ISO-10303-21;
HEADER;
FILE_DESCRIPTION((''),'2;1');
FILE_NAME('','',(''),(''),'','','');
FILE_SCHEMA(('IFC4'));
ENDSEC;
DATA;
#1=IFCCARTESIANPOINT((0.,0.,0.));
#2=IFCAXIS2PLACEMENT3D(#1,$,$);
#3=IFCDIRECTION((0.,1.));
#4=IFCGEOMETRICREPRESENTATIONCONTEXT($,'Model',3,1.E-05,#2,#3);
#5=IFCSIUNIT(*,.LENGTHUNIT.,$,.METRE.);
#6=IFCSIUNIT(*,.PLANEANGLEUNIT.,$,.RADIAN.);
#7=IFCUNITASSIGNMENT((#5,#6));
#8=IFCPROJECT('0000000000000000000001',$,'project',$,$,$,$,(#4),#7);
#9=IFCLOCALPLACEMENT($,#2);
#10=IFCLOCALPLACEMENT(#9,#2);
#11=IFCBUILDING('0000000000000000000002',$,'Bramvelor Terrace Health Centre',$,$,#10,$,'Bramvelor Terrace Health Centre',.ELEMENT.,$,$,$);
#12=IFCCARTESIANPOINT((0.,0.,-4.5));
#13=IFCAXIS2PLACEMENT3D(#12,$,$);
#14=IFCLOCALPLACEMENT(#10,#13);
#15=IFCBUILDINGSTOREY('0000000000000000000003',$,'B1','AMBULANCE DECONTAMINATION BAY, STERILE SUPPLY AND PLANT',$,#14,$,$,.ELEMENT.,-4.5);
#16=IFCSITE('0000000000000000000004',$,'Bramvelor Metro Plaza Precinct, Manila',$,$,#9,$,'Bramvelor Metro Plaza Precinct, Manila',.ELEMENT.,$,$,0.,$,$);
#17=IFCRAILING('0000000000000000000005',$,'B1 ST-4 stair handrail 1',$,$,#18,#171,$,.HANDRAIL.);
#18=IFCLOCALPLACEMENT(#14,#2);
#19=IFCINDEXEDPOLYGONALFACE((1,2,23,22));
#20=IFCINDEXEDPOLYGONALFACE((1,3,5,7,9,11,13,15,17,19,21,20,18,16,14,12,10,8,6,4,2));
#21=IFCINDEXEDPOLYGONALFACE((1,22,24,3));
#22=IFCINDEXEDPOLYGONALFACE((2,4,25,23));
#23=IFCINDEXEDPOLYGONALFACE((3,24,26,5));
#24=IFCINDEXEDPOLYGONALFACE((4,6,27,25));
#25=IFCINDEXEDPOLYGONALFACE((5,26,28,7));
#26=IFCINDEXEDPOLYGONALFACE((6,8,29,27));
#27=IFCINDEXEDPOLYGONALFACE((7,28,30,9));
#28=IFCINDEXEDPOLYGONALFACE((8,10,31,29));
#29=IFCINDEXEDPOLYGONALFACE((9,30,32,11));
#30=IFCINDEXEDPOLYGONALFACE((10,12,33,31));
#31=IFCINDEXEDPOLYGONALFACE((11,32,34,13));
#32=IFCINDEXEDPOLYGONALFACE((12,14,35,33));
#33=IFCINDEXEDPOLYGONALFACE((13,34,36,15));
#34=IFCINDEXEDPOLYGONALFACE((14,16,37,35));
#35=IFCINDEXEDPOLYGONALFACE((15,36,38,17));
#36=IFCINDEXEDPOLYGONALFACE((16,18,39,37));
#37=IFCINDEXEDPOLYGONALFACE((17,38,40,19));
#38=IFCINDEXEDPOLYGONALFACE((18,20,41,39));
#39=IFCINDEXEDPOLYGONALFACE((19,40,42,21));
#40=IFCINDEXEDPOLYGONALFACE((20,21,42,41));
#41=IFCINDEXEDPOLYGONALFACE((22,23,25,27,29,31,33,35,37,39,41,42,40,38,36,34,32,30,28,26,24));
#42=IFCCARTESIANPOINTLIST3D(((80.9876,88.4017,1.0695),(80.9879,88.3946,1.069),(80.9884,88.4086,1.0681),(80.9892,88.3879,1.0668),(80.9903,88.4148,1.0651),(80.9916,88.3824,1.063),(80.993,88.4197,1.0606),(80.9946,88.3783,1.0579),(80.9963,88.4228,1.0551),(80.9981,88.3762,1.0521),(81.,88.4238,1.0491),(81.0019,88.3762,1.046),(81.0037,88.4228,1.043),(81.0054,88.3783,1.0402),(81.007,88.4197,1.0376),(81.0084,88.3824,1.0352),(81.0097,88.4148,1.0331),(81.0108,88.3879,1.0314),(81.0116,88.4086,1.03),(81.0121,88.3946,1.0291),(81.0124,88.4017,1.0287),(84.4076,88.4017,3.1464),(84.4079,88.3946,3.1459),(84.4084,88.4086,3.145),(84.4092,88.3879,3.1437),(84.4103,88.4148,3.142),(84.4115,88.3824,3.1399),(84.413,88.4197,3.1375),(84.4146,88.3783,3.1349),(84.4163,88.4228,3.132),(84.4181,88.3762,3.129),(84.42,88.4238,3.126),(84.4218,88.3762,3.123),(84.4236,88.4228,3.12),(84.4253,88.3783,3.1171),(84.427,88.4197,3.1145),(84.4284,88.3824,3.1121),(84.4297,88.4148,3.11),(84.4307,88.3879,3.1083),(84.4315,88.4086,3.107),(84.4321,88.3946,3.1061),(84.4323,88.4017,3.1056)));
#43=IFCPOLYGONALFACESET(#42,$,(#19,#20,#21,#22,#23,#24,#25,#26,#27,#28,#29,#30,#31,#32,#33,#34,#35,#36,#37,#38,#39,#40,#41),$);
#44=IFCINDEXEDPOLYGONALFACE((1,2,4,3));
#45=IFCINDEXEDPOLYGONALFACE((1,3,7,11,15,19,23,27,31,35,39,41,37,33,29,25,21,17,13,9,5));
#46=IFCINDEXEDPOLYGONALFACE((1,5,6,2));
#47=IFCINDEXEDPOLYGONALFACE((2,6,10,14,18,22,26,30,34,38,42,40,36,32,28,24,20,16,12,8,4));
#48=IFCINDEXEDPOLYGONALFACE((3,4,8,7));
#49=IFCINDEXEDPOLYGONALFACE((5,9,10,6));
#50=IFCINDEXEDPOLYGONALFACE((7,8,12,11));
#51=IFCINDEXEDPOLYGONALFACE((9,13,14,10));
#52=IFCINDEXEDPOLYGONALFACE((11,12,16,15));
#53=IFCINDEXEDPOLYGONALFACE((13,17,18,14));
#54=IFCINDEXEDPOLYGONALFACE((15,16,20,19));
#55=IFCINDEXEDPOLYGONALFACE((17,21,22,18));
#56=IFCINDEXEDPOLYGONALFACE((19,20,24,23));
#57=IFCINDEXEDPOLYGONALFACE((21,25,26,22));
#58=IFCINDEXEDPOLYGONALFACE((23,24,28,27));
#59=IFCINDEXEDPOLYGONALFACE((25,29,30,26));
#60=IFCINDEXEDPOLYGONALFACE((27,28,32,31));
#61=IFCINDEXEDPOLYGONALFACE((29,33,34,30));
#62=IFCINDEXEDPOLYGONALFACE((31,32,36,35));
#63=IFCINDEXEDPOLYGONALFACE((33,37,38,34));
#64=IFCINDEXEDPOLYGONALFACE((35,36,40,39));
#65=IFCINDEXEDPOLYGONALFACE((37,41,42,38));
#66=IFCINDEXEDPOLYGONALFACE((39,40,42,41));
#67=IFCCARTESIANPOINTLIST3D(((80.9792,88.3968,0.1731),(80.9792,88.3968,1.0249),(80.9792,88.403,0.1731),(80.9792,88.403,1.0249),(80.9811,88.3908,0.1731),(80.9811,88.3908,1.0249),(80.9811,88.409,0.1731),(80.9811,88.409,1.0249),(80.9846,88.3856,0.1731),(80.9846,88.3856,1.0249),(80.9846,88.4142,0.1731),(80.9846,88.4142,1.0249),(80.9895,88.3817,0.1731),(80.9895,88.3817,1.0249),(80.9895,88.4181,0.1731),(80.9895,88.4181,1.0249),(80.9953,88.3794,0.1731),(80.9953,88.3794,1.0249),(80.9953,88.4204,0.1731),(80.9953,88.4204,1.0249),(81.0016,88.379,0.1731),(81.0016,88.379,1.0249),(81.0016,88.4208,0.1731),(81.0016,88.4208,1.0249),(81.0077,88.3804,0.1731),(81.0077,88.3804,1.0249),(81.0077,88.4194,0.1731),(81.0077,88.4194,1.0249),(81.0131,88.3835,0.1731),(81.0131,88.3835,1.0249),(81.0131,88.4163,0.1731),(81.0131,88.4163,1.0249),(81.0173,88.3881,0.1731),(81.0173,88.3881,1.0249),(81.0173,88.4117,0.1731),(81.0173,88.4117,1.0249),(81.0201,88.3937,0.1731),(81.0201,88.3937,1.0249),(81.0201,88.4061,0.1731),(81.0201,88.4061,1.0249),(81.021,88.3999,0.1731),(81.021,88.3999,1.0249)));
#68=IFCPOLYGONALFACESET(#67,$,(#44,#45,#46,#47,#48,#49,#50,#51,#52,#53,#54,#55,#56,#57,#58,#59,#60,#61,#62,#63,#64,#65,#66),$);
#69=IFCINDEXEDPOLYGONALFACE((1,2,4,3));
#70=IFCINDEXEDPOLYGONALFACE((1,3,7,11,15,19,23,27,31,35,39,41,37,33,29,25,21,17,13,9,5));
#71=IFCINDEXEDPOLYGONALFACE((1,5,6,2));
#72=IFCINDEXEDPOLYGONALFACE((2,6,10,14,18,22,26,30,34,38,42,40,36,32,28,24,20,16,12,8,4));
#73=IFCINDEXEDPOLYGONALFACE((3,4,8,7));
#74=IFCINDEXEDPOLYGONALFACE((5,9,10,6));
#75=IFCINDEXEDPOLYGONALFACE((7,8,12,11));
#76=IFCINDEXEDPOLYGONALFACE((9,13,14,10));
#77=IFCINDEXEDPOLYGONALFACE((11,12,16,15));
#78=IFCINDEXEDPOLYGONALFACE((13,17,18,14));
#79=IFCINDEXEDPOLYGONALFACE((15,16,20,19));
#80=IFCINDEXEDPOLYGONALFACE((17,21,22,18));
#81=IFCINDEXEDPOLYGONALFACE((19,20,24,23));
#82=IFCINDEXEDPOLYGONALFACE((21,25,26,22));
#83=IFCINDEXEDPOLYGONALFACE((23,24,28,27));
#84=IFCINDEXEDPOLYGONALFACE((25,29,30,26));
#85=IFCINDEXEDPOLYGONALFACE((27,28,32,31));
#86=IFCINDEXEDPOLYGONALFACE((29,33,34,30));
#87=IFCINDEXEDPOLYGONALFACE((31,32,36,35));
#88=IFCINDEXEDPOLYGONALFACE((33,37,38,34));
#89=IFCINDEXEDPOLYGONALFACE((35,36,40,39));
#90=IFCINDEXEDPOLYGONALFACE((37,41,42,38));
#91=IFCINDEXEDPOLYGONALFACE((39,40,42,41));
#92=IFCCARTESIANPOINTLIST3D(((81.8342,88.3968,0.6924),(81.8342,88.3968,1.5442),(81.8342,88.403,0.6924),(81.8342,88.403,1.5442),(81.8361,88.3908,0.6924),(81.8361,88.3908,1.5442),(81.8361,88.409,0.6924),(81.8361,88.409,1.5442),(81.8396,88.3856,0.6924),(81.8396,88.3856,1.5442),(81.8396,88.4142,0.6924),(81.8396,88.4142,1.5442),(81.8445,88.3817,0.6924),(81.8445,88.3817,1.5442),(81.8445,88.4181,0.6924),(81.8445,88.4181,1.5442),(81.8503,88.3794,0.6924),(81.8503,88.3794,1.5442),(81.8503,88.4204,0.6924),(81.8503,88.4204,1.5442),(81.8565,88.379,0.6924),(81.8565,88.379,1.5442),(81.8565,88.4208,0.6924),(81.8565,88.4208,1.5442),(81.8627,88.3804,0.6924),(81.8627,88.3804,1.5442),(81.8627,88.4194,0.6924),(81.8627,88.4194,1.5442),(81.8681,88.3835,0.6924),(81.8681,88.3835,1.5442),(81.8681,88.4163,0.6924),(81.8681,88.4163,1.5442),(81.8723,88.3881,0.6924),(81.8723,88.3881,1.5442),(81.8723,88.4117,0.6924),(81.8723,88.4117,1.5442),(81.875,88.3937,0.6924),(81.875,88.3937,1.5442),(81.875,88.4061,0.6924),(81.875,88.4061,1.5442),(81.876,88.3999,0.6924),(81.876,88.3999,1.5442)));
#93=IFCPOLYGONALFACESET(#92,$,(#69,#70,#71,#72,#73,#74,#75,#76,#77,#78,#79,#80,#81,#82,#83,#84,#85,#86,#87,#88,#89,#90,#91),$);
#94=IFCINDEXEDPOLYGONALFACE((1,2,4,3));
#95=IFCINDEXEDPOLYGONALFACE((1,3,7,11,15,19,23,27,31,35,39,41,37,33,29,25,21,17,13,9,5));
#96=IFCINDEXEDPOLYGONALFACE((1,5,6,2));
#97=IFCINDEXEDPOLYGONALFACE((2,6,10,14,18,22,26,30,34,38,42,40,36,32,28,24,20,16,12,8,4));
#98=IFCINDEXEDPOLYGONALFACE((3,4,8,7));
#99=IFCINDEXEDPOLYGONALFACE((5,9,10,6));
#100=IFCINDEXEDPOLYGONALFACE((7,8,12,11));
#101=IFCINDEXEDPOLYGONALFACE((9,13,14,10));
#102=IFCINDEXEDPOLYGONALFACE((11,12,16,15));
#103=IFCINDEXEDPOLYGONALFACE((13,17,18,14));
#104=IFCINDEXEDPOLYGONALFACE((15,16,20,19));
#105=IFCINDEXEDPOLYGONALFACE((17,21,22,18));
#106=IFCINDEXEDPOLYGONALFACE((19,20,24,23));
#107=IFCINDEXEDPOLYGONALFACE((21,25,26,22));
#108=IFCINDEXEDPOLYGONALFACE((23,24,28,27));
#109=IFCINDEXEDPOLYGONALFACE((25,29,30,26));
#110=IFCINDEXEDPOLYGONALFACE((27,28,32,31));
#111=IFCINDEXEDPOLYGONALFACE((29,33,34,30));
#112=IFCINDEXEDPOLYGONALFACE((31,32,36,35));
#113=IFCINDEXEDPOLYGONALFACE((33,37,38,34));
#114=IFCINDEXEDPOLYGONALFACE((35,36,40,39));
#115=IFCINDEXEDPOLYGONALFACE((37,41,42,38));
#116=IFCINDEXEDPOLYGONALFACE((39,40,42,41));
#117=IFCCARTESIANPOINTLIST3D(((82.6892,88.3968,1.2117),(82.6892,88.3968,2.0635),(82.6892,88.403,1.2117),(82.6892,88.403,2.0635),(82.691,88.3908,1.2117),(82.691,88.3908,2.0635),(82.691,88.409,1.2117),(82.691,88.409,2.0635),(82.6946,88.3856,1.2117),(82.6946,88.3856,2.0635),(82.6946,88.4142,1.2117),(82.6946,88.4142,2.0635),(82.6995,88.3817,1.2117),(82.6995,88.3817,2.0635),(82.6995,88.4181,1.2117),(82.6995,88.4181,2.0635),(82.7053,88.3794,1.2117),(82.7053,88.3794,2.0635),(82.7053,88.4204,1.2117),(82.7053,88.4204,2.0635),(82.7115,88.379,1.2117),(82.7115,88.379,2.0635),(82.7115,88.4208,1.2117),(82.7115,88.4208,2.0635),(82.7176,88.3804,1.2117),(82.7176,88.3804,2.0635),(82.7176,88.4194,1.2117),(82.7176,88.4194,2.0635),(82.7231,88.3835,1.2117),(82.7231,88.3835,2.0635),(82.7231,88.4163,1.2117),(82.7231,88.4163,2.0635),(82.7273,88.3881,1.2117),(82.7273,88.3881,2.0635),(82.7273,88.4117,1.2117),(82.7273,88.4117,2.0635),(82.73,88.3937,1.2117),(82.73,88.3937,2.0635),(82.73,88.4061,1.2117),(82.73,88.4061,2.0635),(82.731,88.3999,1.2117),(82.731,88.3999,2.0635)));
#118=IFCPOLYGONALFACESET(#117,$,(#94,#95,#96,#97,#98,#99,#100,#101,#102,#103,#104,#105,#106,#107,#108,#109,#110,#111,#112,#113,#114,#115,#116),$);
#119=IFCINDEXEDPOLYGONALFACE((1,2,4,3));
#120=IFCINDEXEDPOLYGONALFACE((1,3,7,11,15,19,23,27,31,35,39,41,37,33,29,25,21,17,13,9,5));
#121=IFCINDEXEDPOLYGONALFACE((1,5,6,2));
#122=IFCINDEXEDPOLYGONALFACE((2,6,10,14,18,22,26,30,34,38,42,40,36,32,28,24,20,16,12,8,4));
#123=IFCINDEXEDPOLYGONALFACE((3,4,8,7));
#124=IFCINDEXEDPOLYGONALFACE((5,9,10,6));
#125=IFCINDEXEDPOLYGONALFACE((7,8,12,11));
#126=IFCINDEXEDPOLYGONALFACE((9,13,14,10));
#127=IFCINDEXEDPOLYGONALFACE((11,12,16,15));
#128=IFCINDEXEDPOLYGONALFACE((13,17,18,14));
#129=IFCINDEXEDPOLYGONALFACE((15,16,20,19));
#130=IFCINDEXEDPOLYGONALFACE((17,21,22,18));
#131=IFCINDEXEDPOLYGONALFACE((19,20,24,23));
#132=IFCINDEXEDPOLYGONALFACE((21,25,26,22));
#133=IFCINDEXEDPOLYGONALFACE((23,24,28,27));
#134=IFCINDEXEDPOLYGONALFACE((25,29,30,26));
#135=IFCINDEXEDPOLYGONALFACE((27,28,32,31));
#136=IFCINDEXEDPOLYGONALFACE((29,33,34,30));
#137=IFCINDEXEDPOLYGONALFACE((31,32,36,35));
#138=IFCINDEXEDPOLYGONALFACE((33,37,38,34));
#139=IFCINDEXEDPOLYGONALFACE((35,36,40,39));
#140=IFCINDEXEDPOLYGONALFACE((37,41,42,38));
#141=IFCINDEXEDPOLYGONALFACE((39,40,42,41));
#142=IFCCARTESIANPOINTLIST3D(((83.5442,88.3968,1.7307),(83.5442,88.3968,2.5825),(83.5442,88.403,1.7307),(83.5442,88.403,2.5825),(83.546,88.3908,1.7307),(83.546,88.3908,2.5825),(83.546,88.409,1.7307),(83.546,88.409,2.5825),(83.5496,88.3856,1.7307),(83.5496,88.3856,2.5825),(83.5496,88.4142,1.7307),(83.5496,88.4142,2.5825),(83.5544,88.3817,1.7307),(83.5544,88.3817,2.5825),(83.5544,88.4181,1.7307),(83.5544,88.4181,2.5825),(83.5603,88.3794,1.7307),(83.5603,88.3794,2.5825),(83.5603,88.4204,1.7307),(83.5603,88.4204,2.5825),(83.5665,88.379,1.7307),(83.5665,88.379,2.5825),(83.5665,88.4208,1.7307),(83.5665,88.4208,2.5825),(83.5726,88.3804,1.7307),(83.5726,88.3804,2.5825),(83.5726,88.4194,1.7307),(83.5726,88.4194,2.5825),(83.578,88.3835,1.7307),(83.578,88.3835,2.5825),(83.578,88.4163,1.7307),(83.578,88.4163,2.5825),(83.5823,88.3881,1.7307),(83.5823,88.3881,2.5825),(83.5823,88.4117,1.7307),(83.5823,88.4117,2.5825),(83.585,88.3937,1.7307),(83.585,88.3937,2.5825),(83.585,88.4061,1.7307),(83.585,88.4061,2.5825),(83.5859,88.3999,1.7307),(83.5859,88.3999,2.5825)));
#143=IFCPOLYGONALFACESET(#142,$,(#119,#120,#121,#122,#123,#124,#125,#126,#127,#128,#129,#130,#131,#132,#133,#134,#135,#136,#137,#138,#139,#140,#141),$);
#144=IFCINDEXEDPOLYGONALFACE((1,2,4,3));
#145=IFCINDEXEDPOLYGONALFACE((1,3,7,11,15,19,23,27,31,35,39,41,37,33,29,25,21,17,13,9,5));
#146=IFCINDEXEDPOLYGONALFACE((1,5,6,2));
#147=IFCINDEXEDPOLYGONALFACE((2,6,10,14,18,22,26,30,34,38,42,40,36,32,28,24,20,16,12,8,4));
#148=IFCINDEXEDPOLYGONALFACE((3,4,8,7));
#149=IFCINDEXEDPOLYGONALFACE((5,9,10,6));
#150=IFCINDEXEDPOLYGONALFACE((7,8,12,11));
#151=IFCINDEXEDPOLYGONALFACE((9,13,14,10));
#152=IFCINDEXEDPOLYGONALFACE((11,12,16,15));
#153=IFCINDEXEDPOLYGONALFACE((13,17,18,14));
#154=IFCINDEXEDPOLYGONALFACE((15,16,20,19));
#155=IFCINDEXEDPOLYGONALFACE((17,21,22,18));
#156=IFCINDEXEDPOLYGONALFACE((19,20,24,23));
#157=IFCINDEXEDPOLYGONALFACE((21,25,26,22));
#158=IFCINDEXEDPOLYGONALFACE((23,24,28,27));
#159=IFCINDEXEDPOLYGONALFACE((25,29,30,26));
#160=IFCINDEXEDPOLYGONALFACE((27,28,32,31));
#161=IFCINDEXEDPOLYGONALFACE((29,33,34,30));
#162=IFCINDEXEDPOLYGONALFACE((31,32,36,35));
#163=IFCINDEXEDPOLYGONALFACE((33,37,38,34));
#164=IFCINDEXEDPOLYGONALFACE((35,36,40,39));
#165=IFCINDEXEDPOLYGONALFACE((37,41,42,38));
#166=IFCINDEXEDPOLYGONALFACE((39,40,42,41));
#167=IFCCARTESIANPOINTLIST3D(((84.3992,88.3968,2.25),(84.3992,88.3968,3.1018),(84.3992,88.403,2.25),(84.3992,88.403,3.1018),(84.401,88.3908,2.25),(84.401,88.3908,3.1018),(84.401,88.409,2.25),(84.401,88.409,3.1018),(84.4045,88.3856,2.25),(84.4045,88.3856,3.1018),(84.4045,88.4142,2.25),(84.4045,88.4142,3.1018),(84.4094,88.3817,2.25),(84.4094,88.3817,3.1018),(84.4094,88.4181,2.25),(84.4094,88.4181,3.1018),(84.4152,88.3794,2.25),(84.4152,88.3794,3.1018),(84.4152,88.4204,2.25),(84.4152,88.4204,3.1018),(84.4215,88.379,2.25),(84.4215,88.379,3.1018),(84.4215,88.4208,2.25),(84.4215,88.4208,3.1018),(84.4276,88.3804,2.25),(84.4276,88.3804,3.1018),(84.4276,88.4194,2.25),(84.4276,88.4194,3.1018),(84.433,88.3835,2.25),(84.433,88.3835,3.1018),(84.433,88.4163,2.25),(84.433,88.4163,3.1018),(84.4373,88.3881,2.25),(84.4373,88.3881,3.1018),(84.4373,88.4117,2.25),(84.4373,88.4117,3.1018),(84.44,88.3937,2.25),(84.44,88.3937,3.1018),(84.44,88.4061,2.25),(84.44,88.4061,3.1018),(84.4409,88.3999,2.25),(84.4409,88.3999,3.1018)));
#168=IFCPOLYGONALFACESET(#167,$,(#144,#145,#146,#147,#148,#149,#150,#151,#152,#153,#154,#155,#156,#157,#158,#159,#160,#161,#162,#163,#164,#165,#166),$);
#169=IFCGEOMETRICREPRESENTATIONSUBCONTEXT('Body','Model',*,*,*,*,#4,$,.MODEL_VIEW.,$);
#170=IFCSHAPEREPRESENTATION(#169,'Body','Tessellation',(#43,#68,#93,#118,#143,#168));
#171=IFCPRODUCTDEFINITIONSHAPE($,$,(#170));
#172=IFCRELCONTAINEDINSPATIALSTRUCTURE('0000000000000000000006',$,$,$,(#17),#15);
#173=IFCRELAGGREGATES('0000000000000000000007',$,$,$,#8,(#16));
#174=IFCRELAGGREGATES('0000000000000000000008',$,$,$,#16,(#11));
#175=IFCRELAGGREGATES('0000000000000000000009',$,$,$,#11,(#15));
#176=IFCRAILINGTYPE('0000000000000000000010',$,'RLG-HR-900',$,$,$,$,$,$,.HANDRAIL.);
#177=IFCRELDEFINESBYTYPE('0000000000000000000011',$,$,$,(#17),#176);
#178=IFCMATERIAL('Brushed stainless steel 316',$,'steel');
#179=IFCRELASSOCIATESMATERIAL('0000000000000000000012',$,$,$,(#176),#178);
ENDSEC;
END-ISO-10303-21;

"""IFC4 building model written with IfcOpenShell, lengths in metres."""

from ifc_helpers import new_model, si_unit, direction, frame, origin, origin_2d, place, context, subcontext, project, spatial, circle, extrude, material, type_object, element, save


model = new_model("IFC4")

# Units and contexts
model_context = context("Model", 3, precision=1e-05, world=origin(), true_north=direction((0.0, 1.0)))
body_context = subcontext(model_context, "Body", "Model", "MODEL_VIEW")
ifc_project = project(units=[si_unit("LENGTHUNIT", "METRE"), si_unit("PLANEANGLEUNIT", "RADIAN")], contexts=[model_context])

# Site, building, storey
site_placement = place(None, origin())
site = spatial("IfcSite", under=ifc_project, at=site_placement, Name="Bramvelor Metro Plaza Precinct, Manila", LongName="Bramvelor Metro Plaza Precinct, Manila", CompositionType="ELEMENT", RefElevation=0.0)
building_placement = place(site_placement, origin())
building = spatial("IfcBuilding", under=site, at=building_placement, Name="Bramvelor Terrace Health Centre", LongName="Bramvelor Terrace Health Centre", CompositionType="ELEMENT")
storey_placement = place(building_placement, frame((0.0, 0.0, -4.5)))
storey = spatial("IfcBuildingStorey", under=building, at=storey_placement, Name="B1", Description="AMBULANCE DECONTAMINATION BAY, STERILE SUPPLY AND PLANT", CompositionType="ELEMENT", Elevation=-4.5)

# Railing
ifc_material_1 = material(Name="Brushed stainless steel 316", Category="steel")
railing_type_1 = type_object("IfcRailingType", Name="RLG-HR-900", PredefinedType="HANDRAIL", material=ifc_material_1)
railing_1_placement = place(storey_placement, frame((81.0, 88.3999, 0.1731)))
element("IfcRailing", 1, at=railing_1_placement, inside=storey, type_object=railing_type_1, Name="B1 ST-4 stair handrail 1", PredefinedType="HANDRAIL", context=body_context, shape_type="SweptSolid", body=[
    extrude(circle(Radius=0.0239, at=origin_2d()), frame((0.0, 0.0, 0.876), z_axis=(0.85473, 0.0, 0.519074), x_axis=(0.0, 1.0, 0.0)), (0.0, 0.0, 1.0), 4.0012),
    extrude(circle(Radius=0.021, at=origin_2d()), origin(), (0.0, 0.0, 1.0), 0.8518),
    extrude(circle(Radius=0.021, at=origin_2d()), frame((0.855, 0.0, 0.5193)), (0.0, 0.0, 1.0), 0.8518),
    extrude(circle(Radius=0.021, at=origin_2d()), frame((1.71, 0.0, 1.0386)), (0.0, 0.0, 1.0), 0.8518),
    extrude(circle(Radius=0.021, at=origin_2d()), frame((2.5649, 0.0, 1.5576)), (0.0, 0.0, 1.0), 0.8518),
    extrude(circle(Radius=0.021, at=origin_2d()), frame((3.4199, 0.0, 2.0769)), (0.0, 0.0, 1.0), 0.8518),
])

save(model, "model.ifc")
